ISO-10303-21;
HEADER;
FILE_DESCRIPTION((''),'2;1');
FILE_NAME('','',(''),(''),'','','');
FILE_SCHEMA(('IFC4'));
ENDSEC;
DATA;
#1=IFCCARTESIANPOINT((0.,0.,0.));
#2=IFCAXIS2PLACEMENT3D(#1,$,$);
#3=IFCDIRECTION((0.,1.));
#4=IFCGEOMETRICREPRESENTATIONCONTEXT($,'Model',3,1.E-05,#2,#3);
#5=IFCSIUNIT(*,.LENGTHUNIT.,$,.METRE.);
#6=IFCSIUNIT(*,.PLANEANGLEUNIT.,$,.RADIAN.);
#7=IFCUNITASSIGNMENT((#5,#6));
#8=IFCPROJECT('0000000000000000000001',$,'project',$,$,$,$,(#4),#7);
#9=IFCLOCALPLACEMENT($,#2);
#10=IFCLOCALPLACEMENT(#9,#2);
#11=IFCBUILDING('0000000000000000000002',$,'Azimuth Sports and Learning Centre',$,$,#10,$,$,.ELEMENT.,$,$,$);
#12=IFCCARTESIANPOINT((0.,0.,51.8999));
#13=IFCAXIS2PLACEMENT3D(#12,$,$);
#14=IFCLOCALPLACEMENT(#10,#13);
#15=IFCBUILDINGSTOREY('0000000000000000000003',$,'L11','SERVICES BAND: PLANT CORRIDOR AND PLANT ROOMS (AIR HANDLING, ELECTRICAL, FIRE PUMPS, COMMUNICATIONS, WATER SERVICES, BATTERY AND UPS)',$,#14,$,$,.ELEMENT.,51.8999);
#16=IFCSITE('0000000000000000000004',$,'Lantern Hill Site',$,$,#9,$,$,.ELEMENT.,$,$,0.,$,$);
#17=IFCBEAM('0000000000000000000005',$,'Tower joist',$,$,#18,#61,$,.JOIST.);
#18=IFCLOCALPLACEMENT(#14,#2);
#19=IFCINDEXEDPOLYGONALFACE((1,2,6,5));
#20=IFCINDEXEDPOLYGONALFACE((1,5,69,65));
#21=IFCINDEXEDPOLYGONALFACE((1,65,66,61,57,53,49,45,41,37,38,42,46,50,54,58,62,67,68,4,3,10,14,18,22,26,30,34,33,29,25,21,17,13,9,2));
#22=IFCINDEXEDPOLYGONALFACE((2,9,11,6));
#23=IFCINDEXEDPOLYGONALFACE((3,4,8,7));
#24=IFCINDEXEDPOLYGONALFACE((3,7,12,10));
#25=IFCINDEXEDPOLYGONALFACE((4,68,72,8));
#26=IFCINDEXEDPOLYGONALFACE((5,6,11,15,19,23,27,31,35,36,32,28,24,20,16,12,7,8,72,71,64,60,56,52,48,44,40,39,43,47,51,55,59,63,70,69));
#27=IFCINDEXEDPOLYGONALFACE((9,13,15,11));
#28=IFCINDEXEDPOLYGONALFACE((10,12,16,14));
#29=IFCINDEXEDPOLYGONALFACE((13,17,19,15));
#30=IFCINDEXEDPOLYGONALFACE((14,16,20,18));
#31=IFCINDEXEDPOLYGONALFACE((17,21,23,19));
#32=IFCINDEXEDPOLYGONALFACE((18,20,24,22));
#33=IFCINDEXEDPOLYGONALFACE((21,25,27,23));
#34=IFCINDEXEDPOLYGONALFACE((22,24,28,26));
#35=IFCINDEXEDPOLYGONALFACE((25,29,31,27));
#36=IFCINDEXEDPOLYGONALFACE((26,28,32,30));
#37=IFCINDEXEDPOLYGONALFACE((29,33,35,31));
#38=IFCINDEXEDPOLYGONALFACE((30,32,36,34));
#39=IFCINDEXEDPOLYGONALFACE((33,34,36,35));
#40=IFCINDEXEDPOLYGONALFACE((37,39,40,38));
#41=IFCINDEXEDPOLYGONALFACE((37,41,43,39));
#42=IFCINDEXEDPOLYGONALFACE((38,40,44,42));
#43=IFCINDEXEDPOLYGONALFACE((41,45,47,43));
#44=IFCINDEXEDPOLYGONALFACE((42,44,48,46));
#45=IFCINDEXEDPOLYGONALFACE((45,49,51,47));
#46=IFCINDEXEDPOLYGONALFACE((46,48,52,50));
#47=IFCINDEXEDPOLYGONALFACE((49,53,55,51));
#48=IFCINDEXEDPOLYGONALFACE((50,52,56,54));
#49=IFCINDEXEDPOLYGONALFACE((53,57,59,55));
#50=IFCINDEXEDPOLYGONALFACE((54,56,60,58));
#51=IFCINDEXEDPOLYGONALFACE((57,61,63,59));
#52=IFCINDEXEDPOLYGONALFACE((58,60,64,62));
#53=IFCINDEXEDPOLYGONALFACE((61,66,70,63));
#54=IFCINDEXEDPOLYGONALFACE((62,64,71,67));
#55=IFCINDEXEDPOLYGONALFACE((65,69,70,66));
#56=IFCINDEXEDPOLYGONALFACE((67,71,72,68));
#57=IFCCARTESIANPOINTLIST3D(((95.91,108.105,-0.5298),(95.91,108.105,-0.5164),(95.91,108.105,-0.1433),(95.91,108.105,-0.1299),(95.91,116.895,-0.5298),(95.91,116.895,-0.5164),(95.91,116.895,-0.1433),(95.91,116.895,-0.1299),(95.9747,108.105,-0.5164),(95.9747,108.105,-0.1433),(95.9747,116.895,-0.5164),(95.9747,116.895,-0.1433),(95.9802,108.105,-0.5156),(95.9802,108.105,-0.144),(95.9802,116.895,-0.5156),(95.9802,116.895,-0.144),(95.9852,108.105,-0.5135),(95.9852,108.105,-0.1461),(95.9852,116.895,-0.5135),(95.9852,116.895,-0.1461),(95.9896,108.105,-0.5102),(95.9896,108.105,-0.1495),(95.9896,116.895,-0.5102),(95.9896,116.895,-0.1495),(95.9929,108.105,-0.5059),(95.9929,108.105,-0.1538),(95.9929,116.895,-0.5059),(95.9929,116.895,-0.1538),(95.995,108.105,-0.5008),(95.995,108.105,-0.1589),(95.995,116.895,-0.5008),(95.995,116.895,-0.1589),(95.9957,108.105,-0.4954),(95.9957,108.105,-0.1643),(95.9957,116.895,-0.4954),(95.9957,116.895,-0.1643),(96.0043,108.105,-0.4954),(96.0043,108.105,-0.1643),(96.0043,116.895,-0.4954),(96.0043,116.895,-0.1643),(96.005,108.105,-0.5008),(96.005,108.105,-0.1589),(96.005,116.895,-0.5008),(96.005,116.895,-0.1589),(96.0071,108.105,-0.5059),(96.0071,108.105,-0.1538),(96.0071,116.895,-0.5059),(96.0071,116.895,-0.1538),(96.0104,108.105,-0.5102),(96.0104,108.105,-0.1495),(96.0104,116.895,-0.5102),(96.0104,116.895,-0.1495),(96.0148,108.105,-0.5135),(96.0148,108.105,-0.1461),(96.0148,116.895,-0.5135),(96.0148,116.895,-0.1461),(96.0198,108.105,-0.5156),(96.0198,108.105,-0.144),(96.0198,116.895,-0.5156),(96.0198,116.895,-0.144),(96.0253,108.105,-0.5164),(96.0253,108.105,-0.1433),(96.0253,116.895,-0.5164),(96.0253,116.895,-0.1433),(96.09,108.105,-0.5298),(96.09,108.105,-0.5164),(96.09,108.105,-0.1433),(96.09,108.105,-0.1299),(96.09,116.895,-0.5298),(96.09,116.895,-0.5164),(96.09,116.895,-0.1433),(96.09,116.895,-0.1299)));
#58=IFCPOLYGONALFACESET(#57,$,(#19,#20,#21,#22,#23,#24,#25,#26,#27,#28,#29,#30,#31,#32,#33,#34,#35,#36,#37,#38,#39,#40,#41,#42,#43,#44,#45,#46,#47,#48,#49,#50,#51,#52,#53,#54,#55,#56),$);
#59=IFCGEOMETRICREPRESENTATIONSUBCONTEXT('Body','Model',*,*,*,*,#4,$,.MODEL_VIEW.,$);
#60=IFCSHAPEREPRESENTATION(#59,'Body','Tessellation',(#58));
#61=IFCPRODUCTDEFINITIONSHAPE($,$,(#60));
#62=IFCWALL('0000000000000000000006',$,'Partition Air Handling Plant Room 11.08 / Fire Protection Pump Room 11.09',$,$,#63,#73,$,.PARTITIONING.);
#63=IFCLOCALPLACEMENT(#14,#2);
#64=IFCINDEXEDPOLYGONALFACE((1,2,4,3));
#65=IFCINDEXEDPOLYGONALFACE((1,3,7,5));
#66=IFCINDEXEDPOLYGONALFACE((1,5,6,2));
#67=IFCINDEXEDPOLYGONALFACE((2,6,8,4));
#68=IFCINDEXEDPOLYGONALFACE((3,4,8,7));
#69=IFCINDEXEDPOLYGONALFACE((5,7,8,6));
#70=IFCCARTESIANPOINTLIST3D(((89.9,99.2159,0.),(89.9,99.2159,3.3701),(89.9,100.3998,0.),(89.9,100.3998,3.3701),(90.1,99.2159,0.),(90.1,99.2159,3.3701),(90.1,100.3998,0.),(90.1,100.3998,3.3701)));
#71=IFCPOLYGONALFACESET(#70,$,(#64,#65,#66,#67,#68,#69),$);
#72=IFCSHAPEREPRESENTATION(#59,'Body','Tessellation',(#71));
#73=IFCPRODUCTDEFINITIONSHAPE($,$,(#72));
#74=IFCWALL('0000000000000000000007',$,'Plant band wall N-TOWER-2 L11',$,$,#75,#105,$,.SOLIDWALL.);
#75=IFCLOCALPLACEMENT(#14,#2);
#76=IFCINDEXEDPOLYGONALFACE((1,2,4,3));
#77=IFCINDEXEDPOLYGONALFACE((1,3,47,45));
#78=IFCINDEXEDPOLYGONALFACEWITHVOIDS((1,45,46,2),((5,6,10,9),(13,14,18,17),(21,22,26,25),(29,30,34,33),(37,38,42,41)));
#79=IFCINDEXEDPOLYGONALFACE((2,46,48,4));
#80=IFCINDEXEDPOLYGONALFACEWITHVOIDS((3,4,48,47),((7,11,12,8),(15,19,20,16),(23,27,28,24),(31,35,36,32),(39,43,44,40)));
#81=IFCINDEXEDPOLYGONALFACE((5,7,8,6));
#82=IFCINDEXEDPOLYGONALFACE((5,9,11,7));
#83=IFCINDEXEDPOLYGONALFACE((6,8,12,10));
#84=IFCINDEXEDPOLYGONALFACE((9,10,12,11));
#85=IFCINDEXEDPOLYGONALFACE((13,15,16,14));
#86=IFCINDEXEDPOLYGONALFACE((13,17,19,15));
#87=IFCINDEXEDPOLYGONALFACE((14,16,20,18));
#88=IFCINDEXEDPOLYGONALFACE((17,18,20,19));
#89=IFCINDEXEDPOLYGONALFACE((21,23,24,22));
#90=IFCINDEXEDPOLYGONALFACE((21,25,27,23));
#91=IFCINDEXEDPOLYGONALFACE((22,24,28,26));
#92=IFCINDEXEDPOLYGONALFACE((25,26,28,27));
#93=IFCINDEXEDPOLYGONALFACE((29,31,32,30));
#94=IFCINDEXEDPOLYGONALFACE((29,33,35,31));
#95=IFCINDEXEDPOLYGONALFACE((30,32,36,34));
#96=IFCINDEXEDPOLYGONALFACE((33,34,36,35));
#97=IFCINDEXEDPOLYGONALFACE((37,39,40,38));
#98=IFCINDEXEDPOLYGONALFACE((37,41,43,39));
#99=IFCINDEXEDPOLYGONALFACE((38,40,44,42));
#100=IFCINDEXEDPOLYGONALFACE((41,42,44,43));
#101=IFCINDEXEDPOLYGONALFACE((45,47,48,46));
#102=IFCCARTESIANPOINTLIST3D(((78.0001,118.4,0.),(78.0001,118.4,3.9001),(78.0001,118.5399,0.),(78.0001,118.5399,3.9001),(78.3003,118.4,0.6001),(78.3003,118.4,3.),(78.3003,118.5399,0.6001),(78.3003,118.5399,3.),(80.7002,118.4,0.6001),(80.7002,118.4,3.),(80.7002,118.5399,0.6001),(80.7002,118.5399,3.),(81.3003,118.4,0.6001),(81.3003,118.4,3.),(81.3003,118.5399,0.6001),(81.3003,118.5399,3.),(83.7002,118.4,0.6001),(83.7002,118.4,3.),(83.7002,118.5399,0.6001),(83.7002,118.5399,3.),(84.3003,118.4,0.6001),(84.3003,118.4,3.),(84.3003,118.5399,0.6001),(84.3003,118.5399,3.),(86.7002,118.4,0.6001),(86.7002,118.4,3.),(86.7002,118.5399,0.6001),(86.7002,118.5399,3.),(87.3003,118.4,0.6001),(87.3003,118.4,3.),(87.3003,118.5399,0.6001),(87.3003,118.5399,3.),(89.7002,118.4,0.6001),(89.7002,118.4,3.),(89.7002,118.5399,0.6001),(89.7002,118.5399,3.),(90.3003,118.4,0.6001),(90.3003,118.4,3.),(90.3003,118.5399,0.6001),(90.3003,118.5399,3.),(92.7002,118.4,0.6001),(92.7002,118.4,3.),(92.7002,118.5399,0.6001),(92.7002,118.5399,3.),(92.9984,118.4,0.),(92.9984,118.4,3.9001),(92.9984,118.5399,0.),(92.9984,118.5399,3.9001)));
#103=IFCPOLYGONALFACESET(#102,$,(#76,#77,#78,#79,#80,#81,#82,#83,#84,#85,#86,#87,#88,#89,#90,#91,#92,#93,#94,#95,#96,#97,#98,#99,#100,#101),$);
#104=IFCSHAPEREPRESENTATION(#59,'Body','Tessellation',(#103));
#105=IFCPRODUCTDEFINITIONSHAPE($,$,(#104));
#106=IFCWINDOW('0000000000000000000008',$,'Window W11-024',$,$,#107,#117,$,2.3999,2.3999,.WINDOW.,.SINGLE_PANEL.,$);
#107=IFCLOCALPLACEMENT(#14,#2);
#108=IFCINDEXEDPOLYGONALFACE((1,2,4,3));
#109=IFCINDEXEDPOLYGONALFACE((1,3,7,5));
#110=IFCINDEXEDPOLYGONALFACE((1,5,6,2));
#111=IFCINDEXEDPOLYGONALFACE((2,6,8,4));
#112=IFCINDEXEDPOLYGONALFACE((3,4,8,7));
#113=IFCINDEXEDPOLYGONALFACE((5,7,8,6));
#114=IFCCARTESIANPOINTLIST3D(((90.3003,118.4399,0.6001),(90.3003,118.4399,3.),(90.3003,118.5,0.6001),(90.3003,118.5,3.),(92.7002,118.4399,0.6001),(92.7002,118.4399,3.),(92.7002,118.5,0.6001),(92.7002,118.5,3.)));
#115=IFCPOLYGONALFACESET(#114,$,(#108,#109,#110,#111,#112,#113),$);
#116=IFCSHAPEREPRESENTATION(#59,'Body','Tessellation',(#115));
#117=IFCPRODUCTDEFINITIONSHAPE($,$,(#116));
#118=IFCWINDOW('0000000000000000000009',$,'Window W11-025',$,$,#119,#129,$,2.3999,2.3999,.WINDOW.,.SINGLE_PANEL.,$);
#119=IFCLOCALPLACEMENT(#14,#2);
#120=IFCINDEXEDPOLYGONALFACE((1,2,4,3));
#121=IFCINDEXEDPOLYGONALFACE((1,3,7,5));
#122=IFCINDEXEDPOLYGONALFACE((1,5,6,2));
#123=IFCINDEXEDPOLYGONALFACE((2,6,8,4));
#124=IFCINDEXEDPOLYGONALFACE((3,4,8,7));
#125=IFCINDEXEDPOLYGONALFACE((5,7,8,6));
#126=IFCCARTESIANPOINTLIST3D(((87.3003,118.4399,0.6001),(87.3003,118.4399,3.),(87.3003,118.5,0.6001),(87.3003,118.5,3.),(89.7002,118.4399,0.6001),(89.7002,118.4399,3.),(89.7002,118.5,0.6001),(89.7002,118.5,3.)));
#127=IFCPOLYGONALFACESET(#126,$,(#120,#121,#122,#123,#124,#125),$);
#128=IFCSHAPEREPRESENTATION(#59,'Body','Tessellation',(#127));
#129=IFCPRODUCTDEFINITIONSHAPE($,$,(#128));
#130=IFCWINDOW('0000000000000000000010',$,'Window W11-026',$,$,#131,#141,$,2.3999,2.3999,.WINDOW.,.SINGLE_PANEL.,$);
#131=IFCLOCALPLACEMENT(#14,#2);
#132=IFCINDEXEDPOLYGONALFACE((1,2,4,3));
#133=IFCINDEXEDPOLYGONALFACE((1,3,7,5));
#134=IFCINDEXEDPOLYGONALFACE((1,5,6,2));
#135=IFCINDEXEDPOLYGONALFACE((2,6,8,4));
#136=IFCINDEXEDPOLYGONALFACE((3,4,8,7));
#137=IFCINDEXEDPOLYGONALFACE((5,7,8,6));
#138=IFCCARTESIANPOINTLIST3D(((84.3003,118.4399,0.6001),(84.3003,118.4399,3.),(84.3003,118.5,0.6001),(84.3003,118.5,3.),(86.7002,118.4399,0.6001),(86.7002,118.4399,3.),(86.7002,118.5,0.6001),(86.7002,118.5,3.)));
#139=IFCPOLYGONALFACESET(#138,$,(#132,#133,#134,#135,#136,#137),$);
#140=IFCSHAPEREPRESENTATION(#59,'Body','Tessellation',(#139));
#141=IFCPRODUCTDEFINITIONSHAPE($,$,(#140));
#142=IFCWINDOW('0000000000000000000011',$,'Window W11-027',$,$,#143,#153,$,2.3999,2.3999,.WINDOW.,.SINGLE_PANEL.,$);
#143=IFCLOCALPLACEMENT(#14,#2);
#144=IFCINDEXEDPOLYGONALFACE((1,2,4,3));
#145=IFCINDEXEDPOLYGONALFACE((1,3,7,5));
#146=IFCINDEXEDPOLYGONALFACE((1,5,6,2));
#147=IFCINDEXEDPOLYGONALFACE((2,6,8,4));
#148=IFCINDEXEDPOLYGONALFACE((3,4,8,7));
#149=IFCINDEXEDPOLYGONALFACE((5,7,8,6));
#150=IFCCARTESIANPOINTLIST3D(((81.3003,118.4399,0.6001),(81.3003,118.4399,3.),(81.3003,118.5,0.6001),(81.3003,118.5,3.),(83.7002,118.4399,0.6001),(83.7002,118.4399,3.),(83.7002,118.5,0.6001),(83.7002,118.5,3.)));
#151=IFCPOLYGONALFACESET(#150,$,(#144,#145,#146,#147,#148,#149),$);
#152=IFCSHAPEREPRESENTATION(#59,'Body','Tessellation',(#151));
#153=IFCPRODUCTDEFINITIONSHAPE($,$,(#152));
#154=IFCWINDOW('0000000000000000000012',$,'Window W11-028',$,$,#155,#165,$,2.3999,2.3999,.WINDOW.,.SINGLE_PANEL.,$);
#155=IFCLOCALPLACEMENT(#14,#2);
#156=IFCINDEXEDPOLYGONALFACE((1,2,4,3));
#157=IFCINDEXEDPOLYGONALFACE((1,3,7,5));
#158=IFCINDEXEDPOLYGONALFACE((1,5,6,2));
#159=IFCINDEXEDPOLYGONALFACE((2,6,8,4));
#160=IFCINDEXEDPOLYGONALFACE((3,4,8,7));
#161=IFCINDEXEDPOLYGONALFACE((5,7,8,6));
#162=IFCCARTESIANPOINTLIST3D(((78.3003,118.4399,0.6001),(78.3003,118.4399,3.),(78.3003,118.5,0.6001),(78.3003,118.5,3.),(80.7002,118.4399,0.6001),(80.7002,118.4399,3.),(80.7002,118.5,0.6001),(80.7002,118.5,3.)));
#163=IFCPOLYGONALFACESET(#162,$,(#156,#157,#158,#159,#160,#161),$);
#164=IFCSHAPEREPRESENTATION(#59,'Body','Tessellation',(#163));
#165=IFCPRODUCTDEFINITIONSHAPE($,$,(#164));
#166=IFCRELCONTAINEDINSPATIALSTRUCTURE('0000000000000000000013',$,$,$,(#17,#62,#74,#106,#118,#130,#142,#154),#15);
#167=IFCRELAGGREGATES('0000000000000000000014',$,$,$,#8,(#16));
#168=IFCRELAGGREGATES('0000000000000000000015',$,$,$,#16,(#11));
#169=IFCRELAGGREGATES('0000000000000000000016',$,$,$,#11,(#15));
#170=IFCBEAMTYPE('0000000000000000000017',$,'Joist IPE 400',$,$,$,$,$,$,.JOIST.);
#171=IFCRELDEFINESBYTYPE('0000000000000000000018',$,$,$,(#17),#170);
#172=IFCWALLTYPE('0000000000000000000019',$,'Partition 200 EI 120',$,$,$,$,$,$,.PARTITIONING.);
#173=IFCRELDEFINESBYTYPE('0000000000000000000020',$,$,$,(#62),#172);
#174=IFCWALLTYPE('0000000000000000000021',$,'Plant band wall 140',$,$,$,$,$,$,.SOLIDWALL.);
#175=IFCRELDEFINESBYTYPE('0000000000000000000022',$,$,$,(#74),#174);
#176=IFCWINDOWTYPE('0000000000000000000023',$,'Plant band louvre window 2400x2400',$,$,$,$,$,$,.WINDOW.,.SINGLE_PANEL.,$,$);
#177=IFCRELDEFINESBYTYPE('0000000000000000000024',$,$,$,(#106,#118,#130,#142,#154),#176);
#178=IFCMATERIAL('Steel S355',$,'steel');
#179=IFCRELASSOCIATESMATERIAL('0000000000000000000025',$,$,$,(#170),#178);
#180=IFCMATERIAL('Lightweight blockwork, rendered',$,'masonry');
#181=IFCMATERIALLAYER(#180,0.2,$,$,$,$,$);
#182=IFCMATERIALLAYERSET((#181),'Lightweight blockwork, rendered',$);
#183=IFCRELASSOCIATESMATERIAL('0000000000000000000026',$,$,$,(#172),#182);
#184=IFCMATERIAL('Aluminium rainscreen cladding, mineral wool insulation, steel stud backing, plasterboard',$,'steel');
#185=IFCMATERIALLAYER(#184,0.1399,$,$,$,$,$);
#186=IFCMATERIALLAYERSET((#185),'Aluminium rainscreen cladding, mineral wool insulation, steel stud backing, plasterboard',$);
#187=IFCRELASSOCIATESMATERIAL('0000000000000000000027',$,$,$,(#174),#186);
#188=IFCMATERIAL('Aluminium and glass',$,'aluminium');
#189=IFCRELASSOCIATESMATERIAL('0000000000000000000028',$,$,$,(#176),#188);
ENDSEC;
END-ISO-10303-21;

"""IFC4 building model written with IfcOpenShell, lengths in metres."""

from ifc_helpers import new_model, si_unit, direction, frame, frame_2d, origin, origin_2d, place, context, subcontext, project, spatial, rectangle, i_section, extrude, material, layer, layer_set, material_profile, profile_set, type_object, element, fill, save


model = new_model("IFC4")

# Units and contexts
model_context = context("Model", 3, precision=1e-05, world=origin(), true_north=direction((0.0, 1.0)))
body_context = subcontext(model_context, "Body", "Model", "MODEL_VIEW")
ifc_project = project(units=[si_unit("LENGTHUNIT", "METRE"), si_unit("PLANEANGLEUNIT", "RADIAN")], contexts=[model_context])

# Site, building, storey
site_placement = place(None, origin())
site = spatial("IfcSite", under=ifc_project, at=site_placement, Name="Lantern Hill Site", CompositionType="ELEMENT", RefElevation=0.0)
building_placement = place(site_placement, origin())
building = spatial("IfcBuilding", under=site, at=building_placement, Name="Azimuth Sports and Learning Centre", CompositionType="ELEMENT")
storey_placement = place(building_placement, frame((0.0, 0.0, 51.8999)))
storey = spatial("IfcBuildingStorey", under=building, at=storey_placement, Name="L11", Description="SERVICES BAND: PLANT CORRIDOR AND PLANT ROOMS (AIR HANDLING, ELECTRICAL, FIRE PUMPS, COMMUNICATIONS, WATER SERVICES, BATTERY AND UPS)", CompositionType="ELEMENT", Elevation=51.8999)

# Beam
ifc_material_1 = material(Name="Steel S355", Category="steel")
ifc_material_profile_1 = material_profile(ifc_material_1, i_section(OverallWidth=0.1799, OverallDepth=0.3999, WebThickness=0.0085, FlangeThickness=0.0134, FilletRadius=0.021, at=origin_2d()), Name="IPE 400")
ifc_profile_set_1 = profile_set([ifc_material_profile_1], Name="Steel S355")
beam_type_1 = type_object("IfcBeamType", Name="Joist IPE 400", PredefinedType="JOIST", material=ifc_profile_set_1)
for number, where, z_axis, x_axis, name in (
    (1, (96.0, 108.105, -0.3298), (0.0, 1.0, 0.0), (-1.0, 0.0, 0.0), "Tower joist"),
):
    element("IfcBeam", number, at=place(storey_placement, frame(where, z_axis=z_axis, x_axis=x_axis)), inside=storey, type_object=beam_type_1, Name=name, PredefinedType="JOIST", context=body_context, shape_type="SweptSolid", body=[
        extrude(i_section(OverallWidth=0.1799, OverallDepth=0.3999, WebThickness=0.0085, FlangeThickness=0.0134, FilletRadius=0.021, at=origin_2d()), origin(), (0.0, 0.0, 1.0), 8.79),
    ])

# Wall
ifc_material_2 = material(Name="Lightweight blockwork, rendered", Category="masonry")
ifc_layer_1 = layer(ifc_material_2, 0.2)
ifc_layer_set_1 = layer_set([ifc_layer_1], Name="Lightweight blockwork, rendered")
wall_type_1 = type_object("IfcWallType", Name="Partition 200 EI 120", PredefinedType="PARTITIONING", material=ifc_layer_set_1)
wall_1_placement = place(storey_placement, frame((90.0, 99.2161, 0.0), z_axis=(0.0, 0.0, 1.0), x_axis=(0.0, 1.0, 0.0)))
element("IfcWall", 2, at=wall_1_placement, inside=storey, type_object=wall_type_1, Name="Partition Air Handling Plant Room 11.08 / Fire Protection Pump Room 11.09", PredefinedType="PARTITIONING", context=body_context, shape_type="SweptSolid", body=[
    extrude(rectangle(XDim=1.1838, YDim=0.2, at=frame_2d((0.5918, 0.0))), origin(), (0.0, 0.0, 1.0), 3.3701),
])

# Wall, openings, windows
ifc_material_3 = material(Name="Aluminium rainscreen cladding, mineral wool insulation, steel stud backing, plasterboard", Category="steel")
ifc_layer_2 = layer(ifc_material_3, 0.1399)
ifc_layer_set_2 = layer_set([ifc_layer_2], Name="Aluminium rainscreen cladding, mineral wool insulation, steel stud backing, plasterboard")
wall_type_2 = type_object("IfcWallType", Name="Plant band wall 140", PredefinedType="SOLIDWALL", material=ifc_layer_set_2)
wall_2_placement = place(storey_placement, frame((92.9983, 118.47, 0.0), z_axis=(0.0, 0.0, 1.0), x_axis=(-1.0, 0.0, 0.0)))
wall_2 = element("IfcWall", 3, at=wall_2_placement, inside=storey, type_object=wall_type_2, Name="Plant band wall N-TOWER-2 L11", PredefinedType="SOLIDWALL", context=body_context, shape_type="SweptSolid", body=[
    extrude(rectangle(XDim=14.9983, YDim=0.1399, at=frame_2d((7.499, 0.0))), origin(), (0.0, 0.0, 1.0), 3.9001),
])
opening_1_placement = place(wall_2_placement, frame((0.2981, 0.0, 0.6001)))
opening_1 = element("IfcOpeningElement", 4, at=opening_1_placement, cuts=wall_2, PredefinedType="OPENING", context=body_context, shape_type="SweptSolid", body=[
    extrude(rectangle(XDim=2.3999, YDim=2.3999, at=frame_2d((1.2, 1.2))), frame((0.0, 0.0811, 0.0), z_axis=(0.0, -1.0, 0.0), x_axis=(1.0, 0.0, 0.0)), (0.0, 0.0, 1.0), 0.1619),
])
opening_2_placement = place(wall_2_placement, frame((3.2981, 0.0, 0.6001)))
opening_2 = element("IfcOpeningElement", 5, at=opening_2_placement, cuts=wall_2, PredefinedType="OPENING", context=body_context, shape_type="SweptSolid", body=[
    extrude(rectangle(XDim=2.3999, YDim=2.3999, at=frame_2d((1.2, 1.2))), frame((0.0, 0.0811, 0.0), z_axis=(0.0, -1.0, 0.0), x_axis=(1.0, 0.0, 0.0)), (0.0, 0.0, 1.0), 0.1619),
])
opening_3_placement = place(wall_2_placement, frame((6.2981, 0.0, 0.6001)))
opening_3 = element("IfcOpeningElement", 6, at=opening_3_placement, cuts=wall_2, PredefinedType="OPENING", context=body_context, shape_type="SweptSolid", body=[
    extrude(rectangle(XDim=2.3999, YDim=2.3999, at=frame_2d((1.2, 1.2))), frame((0.0, 0.0811, 0.0), z_axis=(0.0, -1.0, 0.0), x_axis=(1.0, 0.0, 0.0)), (0.0, 0.0, 1.0), 0.1619),
])
opening_4_placement = place(wall_2_placement, frame((9.2981, 0.0, 0.6001)))
opening_4 = element("IfcOpeningElement", 7, at=opening_4_placement, cuts=wall_2, PredefinedType="OPENING", context=body_context, shape_type="SweptSolid", body=[
    extrude(rectangle(XDim=2.3999, YDim=2.3999, at=frame_2d((1.2, 1.2))), frame((0.0, 0.0811, 0.0), z_axis=(0.0, -1.0, 0.0), x_axis=(1.0, 0.0, 0.0)), (0.0, 0.0, 1.0), 0.1619),
])
opening_5_placement = place(wall_2_placement, frame((12.2981, 0.0, 0.6001)))
opening_5 = element("IfcOpeningElement", 8, at=opening_5_placement, cuts=wall_2, PredefinedType="OPENING", context=body_context, shape_type="SweptSolid", body=[
    extrude(rectangle(XDim=2.3999, YDim=2.3999, at=frame_2d((1.2, 1.2))), frame((0.0, 0.0811, 0.0), z_axis=(0.0, -1.0, 0.0), x_axis=(1.0, 0.0, 0.0)), (0.0, 0.0, 1.0), 0.1619),
])
ifc_material_4 = material(Name="Aluminium and glass", Category="aluminium")
window_type = type_object("IfcWindowType", Name="Plant band louvre window 2400x2400", PartitioningType="SINGLE_PANEL", PredefinedType="WINDOW", material=ifc_material_4)
window_1_placement = place(opening_1_placement, origin())
window_1 = element("IfcWindow", 9, at=window_1_placement, inside=storey, type_object=window_type, Name="Window W11-024", OverallHeight=2.3999, OverallWidth=2.3999, PartitioningType="SINGLE_PANEL", PredefinedType="WINDOW", context=body_context, shape_type="SweptSolid", body=[
    extrude(rectangle(XDim=2.3999, YDim=2.3999, at=frame_2d((1.2, 1.2))), frame((0.0, 0.03, 0.0), z_axis=(0.0, -1.0, 0.0), x_axis=(1.0, 0.0, 0.0)), (0.0, 0.0, 1.0), 0.0601),
])
fill(opening_1, window_1)
window_2_placement = place(opening_2_placement, origin())
window_2 = element("IfcWindow", 10, at=window_2_placement, inside=storey, type_object=window_type, Name="Window W11-025", OverallHeight=2.3999, OverallWidth=2.3999, PartitioningType="SINGLE_PANEL", PredefinedType="WINDOW", context=body_context, shape_type="SweptSolid", body=[
    extrude(rectangle(XDim=2.3999, YDim=2.3999, at=frame_2d((1.2, 1.2))), frame((0.0, 0.03, 0.0), z_axis=(0.0, -1.0, 0.0), x_axis=(1.0, 0.0, 0.0)), (0.0, 0.0, 1.0), 0.0601),
])
fill(opening_2, window_2)
window_3_placement = place(opening_3_placement, origin())
window_3 = element("IfcWindow", 11, at=window_3_placement, inside=storey, type_object=window_type, Name="Window W11-026", OverallHeight=2.3999, OverallWidth=2.3999, PartitioningType="SINGLE_PANEL", PredefinedType="WINDOW", context=body_context, shape_type="SweptSolid", body=[
    extrude(rectangle(XDim=2.3999, YDim=2.3999, at=frame_2d((1.2, 1.2))), frame((0.0, 0.03, 0.0), z_axis=(0.0, -1.0, 0.0), x_axis=(1.0, 0.0, 0.0)), (0.0, 0.0, 1.0), 0.0601),
])
fill(opening_3, window_3)
window_4_placement = place(opening_4_placement, origin())
window_4 = element("IfcWindow", 12, at=window_4_placement, inside=storey, type_object=window_type, Name="Window W11-027", OverallHeight=2.3999, OverallWidth=2.3999, PartitioningType="SINGLE_PANEL", PredefinedType="WINDOW", context=body_context, shape_type="SweptSolid", body=[
    extrude(rectangle(XDim=2.3999, YDim=2.3999, at=frame_2d((1.2, 1.2))), frame((0.0, 0.03, 0.0), z_axis=(0.0, -1.0, 0.0), x_axis=(1.0, 0.0, 0.0)), (0.0, 0.0, 1.0), 0.0601),
])
fill(opening_4, window_4)
window_5_placement = place(opening_5_placement, origin())
window_5 = element("IfcWindow", 13, at=window_5_placement, inside=storey, type_object=window_type, Name="Window W11-028", OverallHeight=2.3999, OverallWidth=2.3999, PartitioningType="SINGLE_PANEL", PredefinedType="WINDOW", context=body_context, shape_type="SweptSolid", body=[
    extrude(rectangle(XDim=2.3999, YDim=2.3999, at=frame_2d((1.2, 1.2))), frame((0.0, 0.03, 0.0), z_axis=(0.0, -1.0, 0.0), x_axis=(1.0, 0.0, 0.0)), (0.0, 0.0, 1.0), 0.0601),
])
fill(opening_5, window_5)

save(model, "model.ifc")
